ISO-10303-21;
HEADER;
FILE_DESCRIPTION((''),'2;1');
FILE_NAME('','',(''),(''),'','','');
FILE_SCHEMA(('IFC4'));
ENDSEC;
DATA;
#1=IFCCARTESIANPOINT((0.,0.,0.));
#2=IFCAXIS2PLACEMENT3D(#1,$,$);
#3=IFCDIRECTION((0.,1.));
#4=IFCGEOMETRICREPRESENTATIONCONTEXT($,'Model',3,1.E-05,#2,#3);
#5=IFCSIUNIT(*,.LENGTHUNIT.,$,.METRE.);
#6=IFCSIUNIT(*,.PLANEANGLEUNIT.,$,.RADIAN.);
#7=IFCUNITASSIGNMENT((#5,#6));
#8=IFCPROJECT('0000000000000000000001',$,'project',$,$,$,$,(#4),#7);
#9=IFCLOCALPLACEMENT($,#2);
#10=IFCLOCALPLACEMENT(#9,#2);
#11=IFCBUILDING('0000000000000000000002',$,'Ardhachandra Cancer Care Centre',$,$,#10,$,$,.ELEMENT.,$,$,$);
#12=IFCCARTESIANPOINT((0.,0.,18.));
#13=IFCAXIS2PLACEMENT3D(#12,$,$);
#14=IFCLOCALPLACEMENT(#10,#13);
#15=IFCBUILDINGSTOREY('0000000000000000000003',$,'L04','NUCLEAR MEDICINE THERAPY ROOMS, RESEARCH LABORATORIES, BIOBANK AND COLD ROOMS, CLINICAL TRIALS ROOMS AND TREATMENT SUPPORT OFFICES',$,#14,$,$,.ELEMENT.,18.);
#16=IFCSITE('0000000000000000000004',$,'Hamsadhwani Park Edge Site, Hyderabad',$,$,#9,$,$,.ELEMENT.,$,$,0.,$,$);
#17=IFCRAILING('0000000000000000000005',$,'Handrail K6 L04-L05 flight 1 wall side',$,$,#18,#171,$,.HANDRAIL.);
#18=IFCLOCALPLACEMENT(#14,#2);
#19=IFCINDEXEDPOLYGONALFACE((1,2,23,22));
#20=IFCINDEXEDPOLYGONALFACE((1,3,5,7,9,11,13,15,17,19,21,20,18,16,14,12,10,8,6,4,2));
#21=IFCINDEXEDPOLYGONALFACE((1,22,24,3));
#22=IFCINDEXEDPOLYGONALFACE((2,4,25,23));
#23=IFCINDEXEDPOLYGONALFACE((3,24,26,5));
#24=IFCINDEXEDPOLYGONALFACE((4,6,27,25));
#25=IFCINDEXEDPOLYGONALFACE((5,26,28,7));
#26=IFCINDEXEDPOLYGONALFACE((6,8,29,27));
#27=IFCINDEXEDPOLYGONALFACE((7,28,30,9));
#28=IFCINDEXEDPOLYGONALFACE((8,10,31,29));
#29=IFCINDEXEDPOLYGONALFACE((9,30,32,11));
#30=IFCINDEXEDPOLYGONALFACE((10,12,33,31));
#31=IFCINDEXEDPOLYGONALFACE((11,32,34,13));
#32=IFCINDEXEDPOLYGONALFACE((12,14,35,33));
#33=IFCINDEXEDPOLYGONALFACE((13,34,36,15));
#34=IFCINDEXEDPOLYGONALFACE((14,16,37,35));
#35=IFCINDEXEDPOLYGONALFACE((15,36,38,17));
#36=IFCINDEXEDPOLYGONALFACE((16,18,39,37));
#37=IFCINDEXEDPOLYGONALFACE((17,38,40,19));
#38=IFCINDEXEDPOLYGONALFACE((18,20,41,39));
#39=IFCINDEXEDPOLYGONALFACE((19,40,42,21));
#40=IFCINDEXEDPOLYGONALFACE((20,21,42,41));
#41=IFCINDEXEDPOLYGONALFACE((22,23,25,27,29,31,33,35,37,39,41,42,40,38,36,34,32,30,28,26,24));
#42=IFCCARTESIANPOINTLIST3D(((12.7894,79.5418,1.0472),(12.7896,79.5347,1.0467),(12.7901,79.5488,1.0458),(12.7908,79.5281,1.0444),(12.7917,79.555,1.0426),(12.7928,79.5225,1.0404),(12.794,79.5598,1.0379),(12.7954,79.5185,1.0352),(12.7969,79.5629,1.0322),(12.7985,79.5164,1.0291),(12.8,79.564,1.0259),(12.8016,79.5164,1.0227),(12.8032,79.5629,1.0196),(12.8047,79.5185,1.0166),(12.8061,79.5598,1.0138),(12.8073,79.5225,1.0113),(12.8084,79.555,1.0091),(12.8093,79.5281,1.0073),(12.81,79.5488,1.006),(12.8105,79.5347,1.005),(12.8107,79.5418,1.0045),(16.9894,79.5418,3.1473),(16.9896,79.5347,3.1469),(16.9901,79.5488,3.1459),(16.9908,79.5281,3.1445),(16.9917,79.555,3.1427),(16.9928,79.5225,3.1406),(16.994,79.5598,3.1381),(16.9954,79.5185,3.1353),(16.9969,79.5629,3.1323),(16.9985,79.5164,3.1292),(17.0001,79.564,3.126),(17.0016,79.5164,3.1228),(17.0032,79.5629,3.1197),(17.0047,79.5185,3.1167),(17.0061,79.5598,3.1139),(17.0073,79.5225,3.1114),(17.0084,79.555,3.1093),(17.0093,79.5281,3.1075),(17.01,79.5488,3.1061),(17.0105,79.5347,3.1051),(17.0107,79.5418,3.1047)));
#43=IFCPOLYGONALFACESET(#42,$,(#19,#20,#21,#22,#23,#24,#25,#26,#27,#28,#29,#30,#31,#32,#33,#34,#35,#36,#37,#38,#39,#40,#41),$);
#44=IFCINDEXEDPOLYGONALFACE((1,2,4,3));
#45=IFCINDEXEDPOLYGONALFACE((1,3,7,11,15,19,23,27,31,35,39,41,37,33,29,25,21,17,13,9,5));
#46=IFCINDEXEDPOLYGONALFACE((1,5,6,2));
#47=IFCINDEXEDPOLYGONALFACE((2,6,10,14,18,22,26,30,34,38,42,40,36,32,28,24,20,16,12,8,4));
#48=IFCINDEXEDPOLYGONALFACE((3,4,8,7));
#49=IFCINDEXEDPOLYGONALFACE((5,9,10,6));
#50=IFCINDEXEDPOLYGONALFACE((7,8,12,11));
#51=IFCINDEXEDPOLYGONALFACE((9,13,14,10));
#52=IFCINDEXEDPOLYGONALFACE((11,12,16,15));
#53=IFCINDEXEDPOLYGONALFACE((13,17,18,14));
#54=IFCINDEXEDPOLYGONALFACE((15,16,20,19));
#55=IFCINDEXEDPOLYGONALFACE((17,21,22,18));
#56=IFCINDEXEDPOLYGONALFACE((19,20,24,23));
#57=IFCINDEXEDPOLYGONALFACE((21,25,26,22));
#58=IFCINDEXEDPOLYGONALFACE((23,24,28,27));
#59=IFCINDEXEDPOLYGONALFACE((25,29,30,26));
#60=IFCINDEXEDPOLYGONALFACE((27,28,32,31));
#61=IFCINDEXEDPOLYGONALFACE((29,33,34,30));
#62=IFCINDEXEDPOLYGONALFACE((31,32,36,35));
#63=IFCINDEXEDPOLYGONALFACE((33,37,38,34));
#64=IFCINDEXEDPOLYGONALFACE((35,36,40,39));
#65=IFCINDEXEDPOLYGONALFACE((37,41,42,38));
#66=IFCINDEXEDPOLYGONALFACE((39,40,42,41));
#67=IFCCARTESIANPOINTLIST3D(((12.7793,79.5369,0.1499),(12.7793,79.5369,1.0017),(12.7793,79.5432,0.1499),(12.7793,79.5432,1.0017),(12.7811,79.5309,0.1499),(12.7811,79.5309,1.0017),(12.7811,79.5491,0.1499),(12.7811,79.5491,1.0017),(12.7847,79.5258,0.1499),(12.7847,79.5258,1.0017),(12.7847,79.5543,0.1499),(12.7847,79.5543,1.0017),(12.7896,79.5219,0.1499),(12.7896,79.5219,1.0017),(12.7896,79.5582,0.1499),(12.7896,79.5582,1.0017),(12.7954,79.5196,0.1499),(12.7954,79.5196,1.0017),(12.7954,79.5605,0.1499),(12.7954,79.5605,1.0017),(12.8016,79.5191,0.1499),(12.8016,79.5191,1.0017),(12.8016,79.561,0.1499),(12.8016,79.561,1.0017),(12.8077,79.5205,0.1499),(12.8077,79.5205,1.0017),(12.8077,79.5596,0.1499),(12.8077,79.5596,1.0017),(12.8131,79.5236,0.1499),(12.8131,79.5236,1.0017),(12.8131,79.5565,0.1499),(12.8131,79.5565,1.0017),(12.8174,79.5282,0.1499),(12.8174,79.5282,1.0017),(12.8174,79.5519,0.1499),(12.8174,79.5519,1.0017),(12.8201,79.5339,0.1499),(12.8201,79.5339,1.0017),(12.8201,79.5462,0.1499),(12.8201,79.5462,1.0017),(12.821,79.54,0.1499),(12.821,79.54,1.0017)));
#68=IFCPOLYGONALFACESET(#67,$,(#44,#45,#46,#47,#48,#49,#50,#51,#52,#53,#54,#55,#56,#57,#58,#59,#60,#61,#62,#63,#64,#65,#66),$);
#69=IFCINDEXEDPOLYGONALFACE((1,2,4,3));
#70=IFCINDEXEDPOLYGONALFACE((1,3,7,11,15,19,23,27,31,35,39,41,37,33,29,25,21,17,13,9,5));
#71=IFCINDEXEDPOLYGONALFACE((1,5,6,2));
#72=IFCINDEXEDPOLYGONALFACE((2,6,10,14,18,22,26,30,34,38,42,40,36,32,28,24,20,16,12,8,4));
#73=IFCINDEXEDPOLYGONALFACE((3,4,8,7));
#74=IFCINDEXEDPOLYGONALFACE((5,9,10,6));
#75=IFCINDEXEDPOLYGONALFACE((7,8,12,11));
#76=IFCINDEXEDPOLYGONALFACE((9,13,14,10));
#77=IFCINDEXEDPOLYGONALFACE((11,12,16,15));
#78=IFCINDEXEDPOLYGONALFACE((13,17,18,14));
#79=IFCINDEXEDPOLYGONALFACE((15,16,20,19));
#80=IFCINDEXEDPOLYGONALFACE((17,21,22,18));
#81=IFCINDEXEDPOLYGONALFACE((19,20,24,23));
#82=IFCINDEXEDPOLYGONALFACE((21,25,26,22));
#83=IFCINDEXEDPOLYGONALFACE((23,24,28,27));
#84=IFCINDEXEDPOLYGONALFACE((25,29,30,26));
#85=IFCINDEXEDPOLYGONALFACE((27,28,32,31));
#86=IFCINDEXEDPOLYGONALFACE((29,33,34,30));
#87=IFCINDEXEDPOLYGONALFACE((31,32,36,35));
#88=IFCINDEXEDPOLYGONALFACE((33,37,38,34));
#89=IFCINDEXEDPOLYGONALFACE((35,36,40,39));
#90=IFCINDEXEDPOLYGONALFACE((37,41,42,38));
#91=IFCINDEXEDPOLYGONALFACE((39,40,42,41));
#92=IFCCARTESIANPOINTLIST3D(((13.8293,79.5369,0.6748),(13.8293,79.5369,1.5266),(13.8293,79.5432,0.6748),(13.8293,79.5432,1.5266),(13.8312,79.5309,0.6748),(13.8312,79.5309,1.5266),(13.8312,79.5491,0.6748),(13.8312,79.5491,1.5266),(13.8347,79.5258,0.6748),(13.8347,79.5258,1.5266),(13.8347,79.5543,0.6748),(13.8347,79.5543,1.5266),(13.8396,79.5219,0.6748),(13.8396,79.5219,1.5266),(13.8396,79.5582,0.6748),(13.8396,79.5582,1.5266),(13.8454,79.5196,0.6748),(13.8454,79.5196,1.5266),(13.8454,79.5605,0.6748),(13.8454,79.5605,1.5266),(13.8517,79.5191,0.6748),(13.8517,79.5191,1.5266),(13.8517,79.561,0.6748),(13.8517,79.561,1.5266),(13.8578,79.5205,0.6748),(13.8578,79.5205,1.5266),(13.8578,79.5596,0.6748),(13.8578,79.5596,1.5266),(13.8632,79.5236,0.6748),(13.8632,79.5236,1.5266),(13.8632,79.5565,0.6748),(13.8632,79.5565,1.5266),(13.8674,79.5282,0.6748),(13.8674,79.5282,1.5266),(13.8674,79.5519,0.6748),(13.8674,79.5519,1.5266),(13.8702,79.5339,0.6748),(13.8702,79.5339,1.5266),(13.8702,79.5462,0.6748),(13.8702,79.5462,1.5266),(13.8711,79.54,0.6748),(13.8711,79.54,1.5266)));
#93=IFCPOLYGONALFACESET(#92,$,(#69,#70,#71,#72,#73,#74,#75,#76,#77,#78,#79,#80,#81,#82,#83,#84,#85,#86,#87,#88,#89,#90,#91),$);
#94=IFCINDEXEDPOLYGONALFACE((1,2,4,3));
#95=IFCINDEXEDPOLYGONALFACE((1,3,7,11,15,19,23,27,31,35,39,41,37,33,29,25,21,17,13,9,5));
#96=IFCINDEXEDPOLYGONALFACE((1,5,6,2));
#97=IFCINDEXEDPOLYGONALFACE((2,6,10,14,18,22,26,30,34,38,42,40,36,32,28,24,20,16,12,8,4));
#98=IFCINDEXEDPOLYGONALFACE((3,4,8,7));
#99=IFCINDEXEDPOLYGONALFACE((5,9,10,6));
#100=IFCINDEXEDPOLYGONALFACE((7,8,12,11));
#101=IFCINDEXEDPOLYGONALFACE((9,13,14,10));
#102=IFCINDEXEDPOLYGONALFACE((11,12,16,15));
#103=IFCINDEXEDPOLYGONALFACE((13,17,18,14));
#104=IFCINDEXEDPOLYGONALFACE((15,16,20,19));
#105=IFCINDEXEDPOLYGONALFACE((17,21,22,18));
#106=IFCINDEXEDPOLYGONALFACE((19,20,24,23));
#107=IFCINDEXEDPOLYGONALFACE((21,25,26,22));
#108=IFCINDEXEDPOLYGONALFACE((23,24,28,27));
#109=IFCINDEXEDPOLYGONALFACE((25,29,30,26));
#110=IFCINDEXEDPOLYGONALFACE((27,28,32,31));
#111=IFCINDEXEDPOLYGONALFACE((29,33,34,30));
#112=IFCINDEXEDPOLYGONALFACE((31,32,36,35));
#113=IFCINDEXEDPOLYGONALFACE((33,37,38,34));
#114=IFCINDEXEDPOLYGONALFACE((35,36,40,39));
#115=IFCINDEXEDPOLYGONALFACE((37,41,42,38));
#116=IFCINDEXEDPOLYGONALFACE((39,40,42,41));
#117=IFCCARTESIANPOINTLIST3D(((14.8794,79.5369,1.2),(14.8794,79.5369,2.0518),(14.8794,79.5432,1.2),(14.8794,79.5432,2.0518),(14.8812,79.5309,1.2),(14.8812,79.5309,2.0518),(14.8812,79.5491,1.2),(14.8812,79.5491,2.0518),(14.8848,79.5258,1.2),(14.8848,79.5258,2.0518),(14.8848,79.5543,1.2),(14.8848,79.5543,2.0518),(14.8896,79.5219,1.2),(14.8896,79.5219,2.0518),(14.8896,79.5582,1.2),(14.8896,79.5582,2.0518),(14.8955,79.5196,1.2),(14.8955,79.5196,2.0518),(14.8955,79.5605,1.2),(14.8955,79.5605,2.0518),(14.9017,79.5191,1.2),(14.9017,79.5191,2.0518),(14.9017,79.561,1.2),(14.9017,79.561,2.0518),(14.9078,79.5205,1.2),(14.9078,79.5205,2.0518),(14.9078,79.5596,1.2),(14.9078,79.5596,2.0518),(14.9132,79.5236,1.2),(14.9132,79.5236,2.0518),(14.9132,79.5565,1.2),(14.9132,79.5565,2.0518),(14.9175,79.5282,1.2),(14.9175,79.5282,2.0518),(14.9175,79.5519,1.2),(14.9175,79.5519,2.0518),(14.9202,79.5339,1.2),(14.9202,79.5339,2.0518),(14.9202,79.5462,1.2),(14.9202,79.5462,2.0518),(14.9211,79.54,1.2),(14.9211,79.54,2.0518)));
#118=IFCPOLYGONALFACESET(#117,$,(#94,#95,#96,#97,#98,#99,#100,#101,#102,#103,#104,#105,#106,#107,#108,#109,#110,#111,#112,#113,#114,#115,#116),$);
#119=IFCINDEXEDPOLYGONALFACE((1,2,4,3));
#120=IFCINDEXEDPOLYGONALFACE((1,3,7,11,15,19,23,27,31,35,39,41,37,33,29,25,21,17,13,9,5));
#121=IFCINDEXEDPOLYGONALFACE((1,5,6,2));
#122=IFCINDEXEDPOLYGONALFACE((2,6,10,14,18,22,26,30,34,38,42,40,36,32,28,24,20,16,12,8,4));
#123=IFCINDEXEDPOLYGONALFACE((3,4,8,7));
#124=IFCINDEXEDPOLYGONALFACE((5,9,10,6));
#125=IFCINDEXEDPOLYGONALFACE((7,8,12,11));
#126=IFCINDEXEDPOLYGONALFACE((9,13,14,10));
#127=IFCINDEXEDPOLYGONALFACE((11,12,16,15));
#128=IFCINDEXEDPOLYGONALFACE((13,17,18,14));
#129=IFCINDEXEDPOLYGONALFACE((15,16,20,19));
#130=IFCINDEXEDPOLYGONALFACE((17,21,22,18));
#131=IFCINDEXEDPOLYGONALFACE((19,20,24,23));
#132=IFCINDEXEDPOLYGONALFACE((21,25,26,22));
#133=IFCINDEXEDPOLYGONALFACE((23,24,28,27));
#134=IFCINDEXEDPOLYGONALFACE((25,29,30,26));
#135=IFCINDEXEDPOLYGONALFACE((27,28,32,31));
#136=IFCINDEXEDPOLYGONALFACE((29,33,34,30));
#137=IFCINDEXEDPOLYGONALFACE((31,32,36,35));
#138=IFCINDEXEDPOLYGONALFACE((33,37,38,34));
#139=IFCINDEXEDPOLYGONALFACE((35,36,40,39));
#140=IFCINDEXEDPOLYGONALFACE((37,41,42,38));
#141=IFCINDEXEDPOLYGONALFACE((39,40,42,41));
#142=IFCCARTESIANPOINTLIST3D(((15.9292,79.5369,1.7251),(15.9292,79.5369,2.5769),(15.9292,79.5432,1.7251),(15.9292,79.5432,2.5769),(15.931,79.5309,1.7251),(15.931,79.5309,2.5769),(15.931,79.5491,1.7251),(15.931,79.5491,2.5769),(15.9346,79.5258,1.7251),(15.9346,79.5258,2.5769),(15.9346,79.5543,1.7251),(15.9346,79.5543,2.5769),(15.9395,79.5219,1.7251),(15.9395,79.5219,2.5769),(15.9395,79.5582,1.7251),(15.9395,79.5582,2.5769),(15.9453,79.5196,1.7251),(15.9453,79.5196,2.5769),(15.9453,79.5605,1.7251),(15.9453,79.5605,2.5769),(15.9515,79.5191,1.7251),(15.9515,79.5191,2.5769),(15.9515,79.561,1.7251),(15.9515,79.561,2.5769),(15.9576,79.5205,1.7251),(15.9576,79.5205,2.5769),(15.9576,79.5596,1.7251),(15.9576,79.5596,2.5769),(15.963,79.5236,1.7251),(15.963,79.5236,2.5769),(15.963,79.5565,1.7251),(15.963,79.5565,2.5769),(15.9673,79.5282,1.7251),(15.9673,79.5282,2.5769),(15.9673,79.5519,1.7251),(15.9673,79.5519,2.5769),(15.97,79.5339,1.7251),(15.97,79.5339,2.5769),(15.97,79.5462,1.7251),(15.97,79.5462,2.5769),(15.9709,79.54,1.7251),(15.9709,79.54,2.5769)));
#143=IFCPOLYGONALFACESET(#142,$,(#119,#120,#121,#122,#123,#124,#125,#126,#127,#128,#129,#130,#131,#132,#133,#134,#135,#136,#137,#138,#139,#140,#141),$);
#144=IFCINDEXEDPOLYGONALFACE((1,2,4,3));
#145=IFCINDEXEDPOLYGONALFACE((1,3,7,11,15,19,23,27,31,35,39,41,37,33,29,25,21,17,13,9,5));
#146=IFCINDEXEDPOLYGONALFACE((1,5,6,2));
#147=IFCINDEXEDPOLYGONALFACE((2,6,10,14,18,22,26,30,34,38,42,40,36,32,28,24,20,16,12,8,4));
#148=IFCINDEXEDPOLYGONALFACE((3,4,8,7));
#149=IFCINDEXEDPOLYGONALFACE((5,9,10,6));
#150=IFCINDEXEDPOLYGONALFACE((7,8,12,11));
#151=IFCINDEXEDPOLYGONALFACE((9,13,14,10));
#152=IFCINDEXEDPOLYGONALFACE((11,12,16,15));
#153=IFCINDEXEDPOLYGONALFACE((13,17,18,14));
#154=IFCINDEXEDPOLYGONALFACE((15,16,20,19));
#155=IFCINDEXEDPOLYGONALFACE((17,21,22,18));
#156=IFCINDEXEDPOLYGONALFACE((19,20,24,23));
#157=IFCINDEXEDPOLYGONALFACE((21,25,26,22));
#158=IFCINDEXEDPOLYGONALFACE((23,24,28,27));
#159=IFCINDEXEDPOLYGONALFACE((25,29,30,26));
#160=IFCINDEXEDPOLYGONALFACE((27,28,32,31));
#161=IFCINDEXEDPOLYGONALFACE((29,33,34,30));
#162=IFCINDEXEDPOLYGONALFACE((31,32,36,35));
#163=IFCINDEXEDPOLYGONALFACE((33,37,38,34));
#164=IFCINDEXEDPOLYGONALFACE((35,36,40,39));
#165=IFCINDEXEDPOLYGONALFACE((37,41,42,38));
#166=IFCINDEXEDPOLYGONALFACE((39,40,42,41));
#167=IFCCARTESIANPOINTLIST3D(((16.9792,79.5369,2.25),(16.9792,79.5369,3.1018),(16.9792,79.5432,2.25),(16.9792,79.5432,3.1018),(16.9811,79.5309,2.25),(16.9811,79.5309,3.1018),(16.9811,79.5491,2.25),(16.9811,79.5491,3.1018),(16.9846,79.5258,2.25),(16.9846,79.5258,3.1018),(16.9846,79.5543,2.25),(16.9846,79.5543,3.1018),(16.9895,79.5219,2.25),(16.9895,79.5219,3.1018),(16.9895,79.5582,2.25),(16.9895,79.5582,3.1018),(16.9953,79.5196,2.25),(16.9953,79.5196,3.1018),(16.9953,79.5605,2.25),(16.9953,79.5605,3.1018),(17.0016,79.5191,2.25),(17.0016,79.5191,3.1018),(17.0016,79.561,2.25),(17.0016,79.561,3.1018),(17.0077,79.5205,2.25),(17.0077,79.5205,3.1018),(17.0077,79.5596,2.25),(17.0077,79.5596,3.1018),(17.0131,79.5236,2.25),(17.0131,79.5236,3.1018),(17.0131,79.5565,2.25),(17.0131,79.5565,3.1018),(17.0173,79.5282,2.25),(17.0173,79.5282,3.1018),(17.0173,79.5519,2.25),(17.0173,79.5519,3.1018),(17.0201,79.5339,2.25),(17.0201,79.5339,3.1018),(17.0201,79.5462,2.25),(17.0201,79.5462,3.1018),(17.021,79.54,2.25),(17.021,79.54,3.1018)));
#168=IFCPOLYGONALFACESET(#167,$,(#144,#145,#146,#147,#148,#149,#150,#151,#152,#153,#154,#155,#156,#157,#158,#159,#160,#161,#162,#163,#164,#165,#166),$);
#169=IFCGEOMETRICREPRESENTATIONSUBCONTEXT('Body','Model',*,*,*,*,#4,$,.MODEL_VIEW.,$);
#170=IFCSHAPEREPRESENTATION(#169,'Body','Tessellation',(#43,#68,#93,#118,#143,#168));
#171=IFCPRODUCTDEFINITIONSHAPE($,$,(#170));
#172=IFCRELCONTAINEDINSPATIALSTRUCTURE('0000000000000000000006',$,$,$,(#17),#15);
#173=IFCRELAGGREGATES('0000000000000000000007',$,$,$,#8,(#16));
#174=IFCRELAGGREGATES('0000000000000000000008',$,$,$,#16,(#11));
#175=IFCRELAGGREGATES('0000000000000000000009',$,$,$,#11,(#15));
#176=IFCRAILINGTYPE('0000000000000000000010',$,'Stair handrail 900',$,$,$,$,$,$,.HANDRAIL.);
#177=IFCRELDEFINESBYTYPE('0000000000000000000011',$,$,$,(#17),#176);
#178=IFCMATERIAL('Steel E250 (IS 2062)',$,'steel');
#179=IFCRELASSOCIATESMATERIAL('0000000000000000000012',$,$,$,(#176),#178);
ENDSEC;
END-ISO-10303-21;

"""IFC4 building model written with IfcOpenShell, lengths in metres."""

from ifc_helpers import new_model, si_unit, direction, frame, origin, origin_2d, place, context, subcontext, project, spatial, circle, extrude, material, type_object, element, save


model = new_model("IFC4")

# Units and contexts
model_context = context("Model", 3, precision=1e-05, world=origin(), true_north=direction((0.0, 1.0)))
body_context = subcontext(model_context, "Body", "Model", "MODEL_VIEW")
ifc_project = project(units=[si_unit("LENGTHUNIT", "METRE"), si_unit("PLANEANGLEUNIT", "RADIAN")], contexts=[model_context])

# Site, building, storey
site_placement = place(None, origin())
site = spatial("IfcSite", under=ifc_project, at=site_placement, Name="Hamsadhwani Park Edge Site, Hyderabad", CompositionType="ELEMENT", RefElevation=0.0)
building_placement = place(site_placement, origin())
building = spatial("IfcBuilding", under=site, at=building_placement, Name="Ardhachandra Cancer Care Centre", CompositionType="ELEMENT")
storey_placement = place(building_placement, frame((0.0, 0.0, 18.0)))
storey = spatial("IfcBuildingStorey", under=building, at=storey_placement, Name="L04", Description="NUCLEAR MEDICINE THERAPY ROOMS, RESEARCH LABORATORIES, BIOBANK AND COLD ROOMS, CLINICAL TRIALS ROOMS AND TREATMENT SUPPORT OFFICES", CompositionType="ELEMENT", Elevation=18.0)

# Railing
ifc_material_1 = material(Name="Steel E250 (IS 2062)", Category="steel")
railing_type_1 = type_object("IfcRailingType", Name="Stair handrail 900", PredefinedType="HANDRAIL", material=ifc_material_1)
for number, where, name in (
    (1, (12.8, 79.54, 0.1499), "Handrail K6 L04-L05 flight 1 wall side"),
):
    element("IfcRailing", number, at=place(storey_placement, frame(where)), inside=storey, type_object=railing_type_1, Name=name, PredefinedType="HANDRAIL", context=body_context, shape_type="SweptSolid", body=[
        extrude(circle(Radius=0.0239, at=origin_2d()), frame((0.0, 0.0, 0.876), z_axis=(0.894417, 0.0, 0.447234), x_axis=(0.0, 1.0, 0.0)), (0.0, 0.0, 1.0), 4.6958),
        extrude(circle(Radius=0.021, at=origin_2d()), origin(), (0.0, 0.0, 1.0), 0.8518),
        extrude(circle(Radius=0.021, at=origin_2d()), frame((1.05, 0.0, 0.5249)), (0.0, 0.0, 1.0), 0.8518),
        extrude(circle(Radius=0.021, at=origin_2d()), frame((2.1001, 0.0, 1.05)), (0.0, 0.0, 1.0), 0.8518),
        extrude(circle(Radius=0.021, at=origin_2d()), frame((3.1499, 0.0, 1.5752)), (0.0, 0.0, 1.0), 0.8518),
        extrude(circle(Radius=0.021, at=origin_2d()), frame((4.2, 0.0, 2.1001)), (0.0, 0.0, 1.0), 0.8518),
    ])

save(model, "model.ifc")
